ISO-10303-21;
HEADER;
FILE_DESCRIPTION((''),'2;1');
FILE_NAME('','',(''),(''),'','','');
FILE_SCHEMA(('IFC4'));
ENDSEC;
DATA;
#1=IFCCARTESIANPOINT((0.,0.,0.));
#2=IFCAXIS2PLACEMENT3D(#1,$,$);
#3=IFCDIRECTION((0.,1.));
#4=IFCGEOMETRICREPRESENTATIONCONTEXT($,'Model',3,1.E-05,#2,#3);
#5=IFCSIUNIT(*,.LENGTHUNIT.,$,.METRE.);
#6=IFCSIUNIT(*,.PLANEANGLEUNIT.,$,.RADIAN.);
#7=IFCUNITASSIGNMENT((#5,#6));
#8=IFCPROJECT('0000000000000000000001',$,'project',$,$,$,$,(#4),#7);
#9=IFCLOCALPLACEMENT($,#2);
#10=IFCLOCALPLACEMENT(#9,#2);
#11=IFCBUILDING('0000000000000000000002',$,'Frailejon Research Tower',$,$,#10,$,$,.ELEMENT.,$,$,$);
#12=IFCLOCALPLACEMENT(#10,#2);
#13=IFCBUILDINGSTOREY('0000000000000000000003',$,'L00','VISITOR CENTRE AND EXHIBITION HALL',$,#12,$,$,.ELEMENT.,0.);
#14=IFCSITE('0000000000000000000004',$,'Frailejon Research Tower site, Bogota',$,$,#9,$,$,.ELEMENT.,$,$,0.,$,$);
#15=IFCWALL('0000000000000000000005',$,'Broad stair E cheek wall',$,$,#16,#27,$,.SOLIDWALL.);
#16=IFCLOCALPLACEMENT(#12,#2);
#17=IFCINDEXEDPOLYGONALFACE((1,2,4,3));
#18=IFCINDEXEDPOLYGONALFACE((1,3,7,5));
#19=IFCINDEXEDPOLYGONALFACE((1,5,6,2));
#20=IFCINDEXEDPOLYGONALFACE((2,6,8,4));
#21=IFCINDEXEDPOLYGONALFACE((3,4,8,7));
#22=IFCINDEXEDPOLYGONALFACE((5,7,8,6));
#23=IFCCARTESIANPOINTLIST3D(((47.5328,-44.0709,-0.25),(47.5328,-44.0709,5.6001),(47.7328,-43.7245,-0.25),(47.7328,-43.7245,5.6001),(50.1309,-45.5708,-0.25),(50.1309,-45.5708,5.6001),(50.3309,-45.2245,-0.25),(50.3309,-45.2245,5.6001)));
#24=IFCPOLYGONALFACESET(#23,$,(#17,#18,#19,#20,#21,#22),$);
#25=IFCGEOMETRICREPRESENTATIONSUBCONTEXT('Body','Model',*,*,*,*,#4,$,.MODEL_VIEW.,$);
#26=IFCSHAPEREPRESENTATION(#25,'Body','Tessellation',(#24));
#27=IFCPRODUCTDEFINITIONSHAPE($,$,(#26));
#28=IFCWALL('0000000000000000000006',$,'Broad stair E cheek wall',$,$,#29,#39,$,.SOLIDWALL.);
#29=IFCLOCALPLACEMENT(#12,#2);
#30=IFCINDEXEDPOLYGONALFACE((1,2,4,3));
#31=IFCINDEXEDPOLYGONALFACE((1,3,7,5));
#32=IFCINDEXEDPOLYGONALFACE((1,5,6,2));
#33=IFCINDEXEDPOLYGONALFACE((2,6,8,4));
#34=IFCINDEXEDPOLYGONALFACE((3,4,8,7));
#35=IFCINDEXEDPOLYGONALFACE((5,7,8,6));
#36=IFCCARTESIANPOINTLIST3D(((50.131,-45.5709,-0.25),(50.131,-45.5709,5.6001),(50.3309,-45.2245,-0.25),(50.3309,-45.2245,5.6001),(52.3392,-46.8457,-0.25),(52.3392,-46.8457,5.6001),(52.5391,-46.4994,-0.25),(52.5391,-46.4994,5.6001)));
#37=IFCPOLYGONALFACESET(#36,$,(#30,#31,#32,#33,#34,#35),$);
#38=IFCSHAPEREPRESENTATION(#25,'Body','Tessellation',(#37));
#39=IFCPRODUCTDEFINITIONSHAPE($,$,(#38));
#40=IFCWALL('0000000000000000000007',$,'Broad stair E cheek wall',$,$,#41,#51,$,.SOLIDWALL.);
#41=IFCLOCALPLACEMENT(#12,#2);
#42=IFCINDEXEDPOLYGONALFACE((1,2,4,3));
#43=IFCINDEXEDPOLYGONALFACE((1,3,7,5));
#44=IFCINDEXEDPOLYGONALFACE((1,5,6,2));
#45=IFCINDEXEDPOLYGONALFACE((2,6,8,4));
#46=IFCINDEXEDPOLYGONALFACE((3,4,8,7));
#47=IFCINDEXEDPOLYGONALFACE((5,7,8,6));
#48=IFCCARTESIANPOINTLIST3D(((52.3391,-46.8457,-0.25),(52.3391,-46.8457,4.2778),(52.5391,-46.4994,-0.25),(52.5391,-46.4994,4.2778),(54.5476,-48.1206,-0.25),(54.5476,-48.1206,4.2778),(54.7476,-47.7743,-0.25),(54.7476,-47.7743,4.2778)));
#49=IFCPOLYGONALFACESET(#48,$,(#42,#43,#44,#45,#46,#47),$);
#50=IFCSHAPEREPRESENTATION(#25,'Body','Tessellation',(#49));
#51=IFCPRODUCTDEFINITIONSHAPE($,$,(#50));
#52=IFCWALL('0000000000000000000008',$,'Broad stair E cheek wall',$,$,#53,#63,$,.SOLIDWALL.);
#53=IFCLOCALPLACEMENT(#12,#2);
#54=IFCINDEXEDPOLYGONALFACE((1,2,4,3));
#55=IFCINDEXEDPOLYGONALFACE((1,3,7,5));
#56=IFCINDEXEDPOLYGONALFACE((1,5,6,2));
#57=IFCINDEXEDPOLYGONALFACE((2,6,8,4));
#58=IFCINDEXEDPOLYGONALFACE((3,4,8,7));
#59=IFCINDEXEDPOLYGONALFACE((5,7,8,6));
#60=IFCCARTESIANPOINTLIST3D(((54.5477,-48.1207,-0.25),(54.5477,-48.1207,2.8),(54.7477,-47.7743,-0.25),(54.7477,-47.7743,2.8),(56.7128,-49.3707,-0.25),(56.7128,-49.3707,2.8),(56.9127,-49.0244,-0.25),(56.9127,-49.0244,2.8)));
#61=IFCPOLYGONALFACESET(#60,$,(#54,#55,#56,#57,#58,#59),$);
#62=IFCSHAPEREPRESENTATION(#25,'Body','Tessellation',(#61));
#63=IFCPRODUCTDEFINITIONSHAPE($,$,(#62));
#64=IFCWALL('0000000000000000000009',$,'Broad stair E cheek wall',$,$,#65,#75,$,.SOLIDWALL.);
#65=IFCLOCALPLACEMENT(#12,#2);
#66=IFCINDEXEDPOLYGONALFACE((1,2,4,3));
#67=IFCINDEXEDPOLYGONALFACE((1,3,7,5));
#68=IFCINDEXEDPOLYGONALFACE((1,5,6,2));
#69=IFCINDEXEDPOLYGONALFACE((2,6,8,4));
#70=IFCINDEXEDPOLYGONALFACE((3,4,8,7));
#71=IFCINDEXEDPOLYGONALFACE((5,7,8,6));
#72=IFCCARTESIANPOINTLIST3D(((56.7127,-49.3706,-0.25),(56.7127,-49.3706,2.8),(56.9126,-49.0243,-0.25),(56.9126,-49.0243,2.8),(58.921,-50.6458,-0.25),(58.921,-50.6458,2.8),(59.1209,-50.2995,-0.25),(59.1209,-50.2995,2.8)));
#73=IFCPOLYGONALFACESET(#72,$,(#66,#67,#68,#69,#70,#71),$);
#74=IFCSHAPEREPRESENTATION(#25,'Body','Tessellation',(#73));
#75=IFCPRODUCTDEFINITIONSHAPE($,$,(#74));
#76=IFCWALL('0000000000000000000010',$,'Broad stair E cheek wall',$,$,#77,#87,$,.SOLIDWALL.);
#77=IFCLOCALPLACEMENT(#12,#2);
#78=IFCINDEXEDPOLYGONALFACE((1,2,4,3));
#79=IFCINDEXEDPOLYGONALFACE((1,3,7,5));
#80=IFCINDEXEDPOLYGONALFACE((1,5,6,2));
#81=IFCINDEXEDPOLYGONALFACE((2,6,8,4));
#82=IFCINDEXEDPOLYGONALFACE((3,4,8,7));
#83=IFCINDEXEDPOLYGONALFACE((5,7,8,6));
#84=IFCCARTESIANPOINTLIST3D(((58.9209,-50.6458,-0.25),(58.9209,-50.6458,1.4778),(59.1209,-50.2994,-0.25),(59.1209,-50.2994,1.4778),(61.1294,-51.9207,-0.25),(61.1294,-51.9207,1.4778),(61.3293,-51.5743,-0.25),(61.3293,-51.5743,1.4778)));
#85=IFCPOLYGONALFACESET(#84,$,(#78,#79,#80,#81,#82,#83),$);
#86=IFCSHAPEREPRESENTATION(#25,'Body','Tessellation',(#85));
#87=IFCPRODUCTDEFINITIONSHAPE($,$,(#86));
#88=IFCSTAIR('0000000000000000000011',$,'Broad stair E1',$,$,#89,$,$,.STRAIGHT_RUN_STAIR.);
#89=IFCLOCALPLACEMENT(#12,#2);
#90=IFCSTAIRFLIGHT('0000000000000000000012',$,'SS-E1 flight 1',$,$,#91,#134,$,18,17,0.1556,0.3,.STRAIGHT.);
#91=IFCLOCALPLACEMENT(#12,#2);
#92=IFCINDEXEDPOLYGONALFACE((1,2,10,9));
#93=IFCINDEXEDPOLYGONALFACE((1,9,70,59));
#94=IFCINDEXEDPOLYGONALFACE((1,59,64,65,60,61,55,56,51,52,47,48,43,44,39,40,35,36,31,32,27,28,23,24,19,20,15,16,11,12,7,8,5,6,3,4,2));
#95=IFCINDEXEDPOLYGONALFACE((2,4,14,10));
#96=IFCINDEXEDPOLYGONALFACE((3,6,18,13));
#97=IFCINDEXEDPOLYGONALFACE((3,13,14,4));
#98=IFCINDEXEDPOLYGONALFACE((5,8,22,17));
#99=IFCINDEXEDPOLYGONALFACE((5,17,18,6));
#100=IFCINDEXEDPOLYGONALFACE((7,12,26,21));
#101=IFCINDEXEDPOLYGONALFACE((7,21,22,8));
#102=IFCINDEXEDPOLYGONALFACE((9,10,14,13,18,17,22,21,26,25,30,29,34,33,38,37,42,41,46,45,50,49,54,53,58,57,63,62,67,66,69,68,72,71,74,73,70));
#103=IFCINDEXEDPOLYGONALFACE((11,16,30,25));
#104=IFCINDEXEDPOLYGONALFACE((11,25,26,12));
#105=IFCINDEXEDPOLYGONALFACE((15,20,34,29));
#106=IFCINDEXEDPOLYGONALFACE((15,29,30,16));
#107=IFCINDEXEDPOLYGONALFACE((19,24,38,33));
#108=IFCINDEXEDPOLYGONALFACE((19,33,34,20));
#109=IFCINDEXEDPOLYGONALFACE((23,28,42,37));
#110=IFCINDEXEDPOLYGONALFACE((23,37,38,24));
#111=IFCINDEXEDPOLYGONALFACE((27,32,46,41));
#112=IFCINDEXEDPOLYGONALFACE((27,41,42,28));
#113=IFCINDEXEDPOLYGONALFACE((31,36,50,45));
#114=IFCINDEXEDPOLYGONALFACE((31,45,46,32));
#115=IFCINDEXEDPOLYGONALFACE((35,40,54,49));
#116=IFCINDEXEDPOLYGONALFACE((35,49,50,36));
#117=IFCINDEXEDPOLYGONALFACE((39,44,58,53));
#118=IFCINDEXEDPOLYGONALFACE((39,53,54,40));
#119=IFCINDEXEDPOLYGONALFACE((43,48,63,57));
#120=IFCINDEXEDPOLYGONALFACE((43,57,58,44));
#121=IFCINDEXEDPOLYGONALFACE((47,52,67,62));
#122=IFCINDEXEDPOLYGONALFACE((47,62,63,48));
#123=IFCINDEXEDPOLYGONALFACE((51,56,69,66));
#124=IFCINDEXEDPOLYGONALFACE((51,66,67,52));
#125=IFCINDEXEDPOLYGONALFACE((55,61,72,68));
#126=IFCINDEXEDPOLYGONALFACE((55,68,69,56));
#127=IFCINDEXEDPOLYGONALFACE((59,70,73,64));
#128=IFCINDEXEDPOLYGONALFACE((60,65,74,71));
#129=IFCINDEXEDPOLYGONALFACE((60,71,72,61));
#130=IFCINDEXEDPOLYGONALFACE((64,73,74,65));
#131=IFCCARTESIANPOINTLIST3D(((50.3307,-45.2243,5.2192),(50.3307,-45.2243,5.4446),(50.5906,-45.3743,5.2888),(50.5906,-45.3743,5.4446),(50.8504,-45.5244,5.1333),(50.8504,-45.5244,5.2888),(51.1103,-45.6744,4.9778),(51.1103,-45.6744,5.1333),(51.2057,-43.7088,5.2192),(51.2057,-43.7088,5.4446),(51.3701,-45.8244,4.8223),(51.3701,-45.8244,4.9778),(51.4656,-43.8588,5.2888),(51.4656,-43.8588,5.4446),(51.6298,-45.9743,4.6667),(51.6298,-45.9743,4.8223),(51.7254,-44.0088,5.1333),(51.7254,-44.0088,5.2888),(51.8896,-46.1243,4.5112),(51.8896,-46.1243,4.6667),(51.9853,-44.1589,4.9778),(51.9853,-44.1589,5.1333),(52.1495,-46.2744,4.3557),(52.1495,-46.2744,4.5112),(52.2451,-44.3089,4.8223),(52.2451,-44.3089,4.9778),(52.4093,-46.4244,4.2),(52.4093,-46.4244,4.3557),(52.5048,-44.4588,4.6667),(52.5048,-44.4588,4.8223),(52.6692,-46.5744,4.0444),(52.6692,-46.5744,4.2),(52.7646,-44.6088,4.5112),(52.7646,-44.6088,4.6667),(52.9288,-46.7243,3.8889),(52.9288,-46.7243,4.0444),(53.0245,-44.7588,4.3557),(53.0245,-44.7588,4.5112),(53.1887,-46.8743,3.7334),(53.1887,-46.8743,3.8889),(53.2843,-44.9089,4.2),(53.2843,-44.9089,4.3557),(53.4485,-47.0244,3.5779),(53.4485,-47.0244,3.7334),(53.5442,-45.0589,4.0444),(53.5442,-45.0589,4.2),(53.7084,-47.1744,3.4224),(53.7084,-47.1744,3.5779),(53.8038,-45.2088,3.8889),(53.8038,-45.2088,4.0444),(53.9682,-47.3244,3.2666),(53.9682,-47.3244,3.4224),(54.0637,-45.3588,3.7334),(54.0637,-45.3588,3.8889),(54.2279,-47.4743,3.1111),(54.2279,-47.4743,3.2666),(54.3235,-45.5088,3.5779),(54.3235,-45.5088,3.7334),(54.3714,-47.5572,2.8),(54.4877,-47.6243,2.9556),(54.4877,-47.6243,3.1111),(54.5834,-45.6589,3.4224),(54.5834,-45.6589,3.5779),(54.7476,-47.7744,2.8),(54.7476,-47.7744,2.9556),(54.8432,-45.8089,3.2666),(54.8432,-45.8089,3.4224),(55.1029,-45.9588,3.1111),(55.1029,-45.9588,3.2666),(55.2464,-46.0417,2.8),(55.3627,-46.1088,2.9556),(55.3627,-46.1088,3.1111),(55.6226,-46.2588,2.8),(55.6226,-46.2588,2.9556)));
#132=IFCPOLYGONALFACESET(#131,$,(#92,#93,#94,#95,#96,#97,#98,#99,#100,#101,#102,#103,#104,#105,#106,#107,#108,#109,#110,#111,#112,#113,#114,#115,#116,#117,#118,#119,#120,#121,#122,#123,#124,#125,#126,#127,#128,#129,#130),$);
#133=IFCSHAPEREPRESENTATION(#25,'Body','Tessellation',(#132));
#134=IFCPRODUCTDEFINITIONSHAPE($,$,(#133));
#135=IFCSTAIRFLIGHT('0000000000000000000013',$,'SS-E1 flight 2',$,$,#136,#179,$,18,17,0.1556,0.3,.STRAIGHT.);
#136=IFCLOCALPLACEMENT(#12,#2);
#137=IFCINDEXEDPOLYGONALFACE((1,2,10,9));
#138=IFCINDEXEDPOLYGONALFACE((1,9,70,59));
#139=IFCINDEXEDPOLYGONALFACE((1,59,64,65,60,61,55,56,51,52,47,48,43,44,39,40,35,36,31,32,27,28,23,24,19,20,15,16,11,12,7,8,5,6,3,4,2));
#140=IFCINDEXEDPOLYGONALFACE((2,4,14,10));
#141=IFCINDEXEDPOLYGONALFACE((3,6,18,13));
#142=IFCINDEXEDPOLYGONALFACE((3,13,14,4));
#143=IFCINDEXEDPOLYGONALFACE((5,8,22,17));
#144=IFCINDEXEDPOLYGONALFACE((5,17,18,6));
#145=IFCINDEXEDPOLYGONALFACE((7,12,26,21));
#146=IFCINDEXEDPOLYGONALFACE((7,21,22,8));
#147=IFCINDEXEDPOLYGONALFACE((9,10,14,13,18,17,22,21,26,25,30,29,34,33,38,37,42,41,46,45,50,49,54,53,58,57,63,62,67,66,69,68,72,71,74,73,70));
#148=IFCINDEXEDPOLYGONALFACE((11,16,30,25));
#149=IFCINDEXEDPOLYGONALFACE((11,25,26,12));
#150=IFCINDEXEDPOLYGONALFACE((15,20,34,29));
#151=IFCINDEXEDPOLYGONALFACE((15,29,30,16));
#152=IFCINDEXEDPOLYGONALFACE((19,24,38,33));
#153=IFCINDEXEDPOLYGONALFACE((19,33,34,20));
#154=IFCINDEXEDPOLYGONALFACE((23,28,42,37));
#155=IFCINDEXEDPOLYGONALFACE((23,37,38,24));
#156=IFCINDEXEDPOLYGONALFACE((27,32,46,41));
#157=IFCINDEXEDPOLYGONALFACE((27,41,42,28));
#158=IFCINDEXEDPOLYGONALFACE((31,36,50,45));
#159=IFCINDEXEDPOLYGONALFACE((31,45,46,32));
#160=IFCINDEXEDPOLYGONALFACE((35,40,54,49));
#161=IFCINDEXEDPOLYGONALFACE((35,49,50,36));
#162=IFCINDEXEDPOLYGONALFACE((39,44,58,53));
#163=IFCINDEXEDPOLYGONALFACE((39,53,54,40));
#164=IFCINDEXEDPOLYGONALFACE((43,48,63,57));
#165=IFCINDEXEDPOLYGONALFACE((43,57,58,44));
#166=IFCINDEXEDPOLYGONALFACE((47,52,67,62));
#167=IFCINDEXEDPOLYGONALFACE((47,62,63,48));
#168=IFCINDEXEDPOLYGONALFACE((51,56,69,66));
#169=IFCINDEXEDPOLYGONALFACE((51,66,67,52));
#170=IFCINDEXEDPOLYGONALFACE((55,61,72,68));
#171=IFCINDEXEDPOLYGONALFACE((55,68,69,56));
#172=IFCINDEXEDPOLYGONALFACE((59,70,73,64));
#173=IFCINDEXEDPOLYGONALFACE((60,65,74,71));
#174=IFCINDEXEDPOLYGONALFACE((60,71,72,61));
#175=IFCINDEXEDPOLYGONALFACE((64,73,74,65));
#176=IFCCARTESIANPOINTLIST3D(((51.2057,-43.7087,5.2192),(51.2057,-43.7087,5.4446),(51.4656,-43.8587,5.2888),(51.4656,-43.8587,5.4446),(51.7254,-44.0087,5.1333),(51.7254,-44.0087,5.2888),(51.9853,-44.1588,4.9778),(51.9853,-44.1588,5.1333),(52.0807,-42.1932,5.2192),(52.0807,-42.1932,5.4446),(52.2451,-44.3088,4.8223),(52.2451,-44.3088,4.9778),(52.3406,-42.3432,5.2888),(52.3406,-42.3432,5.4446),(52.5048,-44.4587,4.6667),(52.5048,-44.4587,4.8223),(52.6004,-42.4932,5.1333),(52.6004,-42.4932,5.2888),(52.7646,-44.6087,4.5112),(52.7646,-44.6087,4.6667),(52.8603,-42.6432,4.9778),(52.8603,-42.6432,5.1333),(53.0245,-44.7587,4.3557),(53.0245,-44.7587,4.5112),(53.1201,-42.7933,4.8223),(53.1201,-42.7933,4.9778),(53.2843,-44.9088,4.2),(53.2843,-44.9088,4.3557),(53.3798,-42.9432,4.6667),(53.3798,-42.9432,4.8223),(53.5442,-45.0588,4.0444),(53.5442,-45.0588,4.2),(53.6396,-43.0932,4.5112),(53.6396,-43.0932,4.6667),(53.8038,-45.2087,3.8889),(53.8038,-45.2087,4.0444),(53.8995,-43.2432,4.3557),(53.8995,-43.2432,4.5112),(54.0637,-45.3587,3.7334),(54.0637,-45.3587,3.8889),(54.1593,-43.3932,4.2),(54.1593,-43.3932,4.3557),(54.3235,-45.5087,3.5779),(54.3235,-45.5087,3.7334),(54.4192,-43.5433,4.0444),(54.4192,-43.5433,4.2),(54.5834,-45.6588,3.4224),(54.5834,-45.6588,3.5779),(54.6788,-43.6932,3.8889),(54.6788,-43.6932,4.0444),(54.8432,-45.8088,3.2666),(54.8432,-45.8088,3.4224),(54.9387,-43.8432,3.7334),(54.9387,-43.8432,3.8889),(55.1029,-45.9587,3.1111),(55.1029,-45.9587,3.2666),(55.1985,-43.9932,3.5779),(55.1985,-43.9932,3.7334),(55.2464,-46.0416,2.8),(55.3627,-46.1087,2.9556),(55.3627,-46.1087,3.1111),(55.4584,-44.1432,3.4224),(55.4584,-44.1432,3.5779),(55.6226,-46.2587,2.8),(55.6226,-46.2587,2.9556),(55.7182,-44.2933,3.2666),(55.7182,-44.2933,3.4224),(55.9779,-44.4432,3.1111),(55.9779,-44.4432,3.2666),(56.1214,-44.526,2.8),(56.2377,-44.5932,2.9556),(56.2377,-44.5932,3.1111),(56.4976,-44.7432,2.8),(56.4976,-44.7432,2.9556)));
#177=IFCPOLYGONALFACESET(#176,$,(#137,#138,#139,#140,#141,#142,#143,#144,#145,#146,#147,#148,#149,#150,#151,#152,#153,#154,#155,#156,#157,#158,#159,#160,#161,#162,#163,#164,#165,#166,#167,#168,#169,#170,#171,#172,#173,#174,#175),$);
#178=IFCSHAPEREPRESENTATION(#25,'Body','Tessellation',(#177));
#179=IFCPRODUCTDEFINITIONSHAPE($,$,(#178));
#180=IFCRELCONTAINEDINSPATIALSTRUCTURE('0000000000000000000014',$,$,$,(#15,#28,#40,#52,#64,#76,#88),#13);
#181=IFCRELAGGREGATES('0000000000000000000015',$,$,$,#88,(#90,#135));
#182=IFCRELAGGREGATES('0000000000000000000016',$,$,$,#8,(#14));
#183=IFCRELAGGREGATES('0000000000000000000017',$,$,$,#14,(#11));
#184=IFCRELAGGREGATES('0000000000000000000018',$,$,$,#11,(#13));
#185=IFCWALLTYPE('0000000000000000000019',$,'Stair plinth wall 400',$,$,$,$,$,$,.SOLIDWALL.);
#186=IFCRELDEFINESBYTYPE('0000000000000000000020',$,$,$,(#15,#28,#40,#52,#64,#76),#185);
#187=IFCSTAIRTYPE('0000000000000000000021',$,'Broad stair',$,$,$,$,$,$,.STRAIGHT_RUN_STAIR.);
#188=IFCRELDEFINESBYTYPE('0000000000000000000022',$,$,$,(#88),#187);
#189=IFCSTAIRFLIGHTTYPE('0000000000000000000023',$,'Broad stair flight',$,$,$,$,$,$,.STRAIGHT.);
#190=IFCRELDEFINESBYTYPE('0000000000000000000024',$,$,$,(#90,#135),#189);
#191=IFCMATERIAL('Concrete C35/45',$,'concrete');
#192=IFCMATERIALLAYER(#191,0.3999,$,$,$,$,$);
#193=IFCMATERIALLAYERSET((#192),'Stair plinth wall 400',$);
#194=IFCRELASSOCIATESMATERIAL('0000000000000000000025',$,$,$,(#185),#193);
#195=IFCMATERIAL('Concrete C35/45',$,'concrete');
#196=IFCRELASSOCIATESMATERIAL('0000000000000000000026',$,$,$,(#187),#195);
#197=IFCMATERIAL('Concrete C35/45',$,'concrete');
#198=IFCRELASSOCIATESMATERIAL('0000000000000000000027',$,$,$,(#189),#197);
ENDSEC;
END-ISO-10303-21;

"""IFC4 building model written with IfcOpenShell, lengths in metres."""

from ifc_helpers import new_model, si_unit, direction, frame, frame_2d, origin, place, context, subcontext, project, spatial, polyline, rectangle, outline, extrude, material, layer, layer_set, type_object, element, aggregate, save


model = new_model("IFC4")

# Units and contexts
model_context = context("Model", 3, precision=1e-05, world=origin(), true_north=direction((0.0, 1.0)))
body_context = subcontext(model_context, "Body", "Model", "MODEL_VIEW")
ifc_project = project(units=[si_unit("LENGTHUNIT", "METRE"), si_unit("PLANEANGLEUNIT", "RADIAN")], contexts=[model_context])

# Site, building, storey
site_placement = place(None, origin())
site = spatial("IfcSite", under=ifc_project, at=site_placement, Name="Frailejon Research Tower site, Bogota", CompositionType="ELEMENT", RefElevation=0.0)
building_placement = place(site_placement, origin())
building = spatial("IfcBuilding", under=site, at=building_placement, Name="Frailejon Research Tower", CompositionType="ELEMENT")
storey_placement = place(building_placement, origin())
storey = spatial("IfcBuildingStorey", under=building, at=storey_placement, Name="L00", Description="VISITOR CENTRE AND EXHIBITION HALL", CompositionType="ELEMENT", Elevation=0.0)

# Walls
ifc_material_1 = material(Name="Concrete C35/45", Category="concrete")
ifc_layer_1 = layer(ifc_material_1, 0.3999)
ifc_layer_set_1 = layer_set([ifc_layer_1], Name="Stair plinth wall 400")
wall_type_1 = type_object("IfcWallType", Name="Stair plinth wall 400", PredefinedType="SOLIDWALL", material=ifc_layer_set_1)
wall_1_placement = place(storey_placement, frame((47.6328, -43.8977, -0.25), z_axis=(0.0, 0.0, 1.0), x_axis=(0.866031, -0.49999, 0.0)))
element("IfcWall", 1, at=wall_1_placement, inside=storey, type_object=wall_type_1, Name="Broad stair E cheek wall", PredefinedType="SOLIDWALL", context=body_context, shape_type="SweptSolid", body=[
    extrude(rectangle(XDim=3.0, YDim=0.3999, at=frame_2d((1.5, 0.0))), origin(), (0.0, 0.0, 1.0), 5.8501),
])
wall_2_placement = place(storey_placement, frame((50.231, -45.3977, -0.25), z_axis=(0.0, 0.0, 1.0), x_axis=(0.866031, -0.49999, 0.0)))
element("IfcWall", 2, at=wall_2_placement, inside=storey, type_object=wall_type_1, Name="Broad stair E cheek wall", PredefinedType="SOLIDWALL", context=body_context, shape_type="SweptSolid", body=[
    extrude(rectangle(XDim=2.5498, YDim=0.3999, at=frame_2d((1.2749, 0.0))), origin(), (0.0, 0.0, 1.0), 5.8501),
])
wall_3_placement = place(storey_placement, frame((52.4392, -46.6726, -0.25), z_axis=(0.0, 0.0, 1.0), x_axis=(0.866055, -0.499949, 0.0)))
element("IfcWall", 3, at=wall_3_placement, inside=storey, type_object=wall_type_1, Name="Broad stair E cheek wall", PredefinedType="SOLIDWALL", context=body_context, shape_type="SweptSolid", body=[
    extrude(rectangle(XDim=2.55, YDim=0.3999, at=frame_2d((1.2749, 0.0))), origin(), (0.0, 0.0, 1.0), 4.5278),
])
wall_4_placement = place(storey_placement, frame((54.6477, -47.9475, -0.25), z_axis=(0.0, 0.0, 1.0), x_axis=(0.866023, -0.500004, 0.0)))
element("IfcWall", 4, at=wall_4_placement, inside=storey, type_object=wall_type_1, Name="Broad stair E cheek wall", PredefinedType="SOLIDWALL", context=body_context, shape_type="SweptSolid", body=[
    extrude(rectangle(XDim=2.5, YDim=0.3999, at=frame_2d((1.25, 0.0))), origin(), (0.0, 0.0, 1.0), 3.05),
])
wall_5_placement = place(storey_placement, frame((56.8127, -49.1975, -0.25), z_axis=(0.0, 0.0, 1.0), x_axis=(0.865989, -0.500062, 0.0)))
element("IfcWall", 5, at=wall_5_placement, inside=storey, type_object=wall_type_1, Name="Broad stair E cheek wall", PredefinedType="SOLIDWALL", context=body_context, shape_type="SweptSolid", body=[
    extrude(rectangle(XDim=2.55, YDim=0.3999, at=frame_2d((1.2749, 0.0))), origin(), (0.0, 0.0, 1.0), 3.05),
])
wall_6_placement = place(storey_placement, frame((59.021, -50.4727, -0.25), z_axis=(0.0, 0.0, 1.0), x_axis=(0.866055, -0.499949, 0.0)))
element("IfcWall", 6, at=wall_6_placement, inside=storey, type_object=wall_type_1, Name="Broad stair E cheek wall", PredefinedType="SOLIDWALL", context=body_context, shape_type="SweptSolid", body=[
    extrude(rectangle(XDim=2.55, YDim=0.3999, at=frame_2d((1.2749, 0.0))), origin(), (0.0, 0.0, 1.0), 1.7278),
])

# Stair, stair flights
ifc_material_2 = material(Name="Concrete C35/45", Category="concrete")
stair_type = type_object("IfcStairType", Name="Broad stair", PredefinedType="STRAIGHT_RUN_STAIR", material=ifc_material_2)
stair_placement = place(storey_placement, origin())
stair = element("IfcStair", 7, at=stair_placement, inside=storey, type_object=stair_type, Name="Broad stair E1", PredefinedType="STRAIGHT_RUN_STAIR")
ifc_material_3 = material(Name="Concrete C35/45", Category="concrete")
stair_flight_type = type_object("IfcStairFlightType", Name="Broad stair flight", PredefinedType="STRAIGHT", material=ifc_material_3)
stair_flight_1_placement = place(storey_placement, frame((55.1851, -47.0166, 2.8), z_axis=(0.0, 0.0, 1.0), x_axis=(-0.866025, 0.5, 0.0)))
stair_flight_1 = element("IfcStairFlight", 8, at=stair_flight_1_placement, type_object=stair_flight_type, Name="SS-E1 flight 1", NumberOfRisers=18, NumberOfTreads=17, PredefinedType="STRAIGHT", RiserHeight=0.1556, TreadLength=0.3, context=body_context, shape_type="SweptSolid", body=[
    extrude(outline(polyline([(0.0, 0.0), (0.0, 0.1555), (0.3, 0.1555), (0.3, 0.311), (0.6001, 0.311), (0.6001, 0.4666), (0.8999, 0.4666), (0.8999, 0.6223), (1.2, 0.6223), (1.2, 0.7778), (1.5, 0.7778), (1.5, 0.9333), (1.8, 0.9333), (1.8, 1.0889), (2.1001, 1.0889), (2.1001, 1.2444), (2.3999, 1.2444), (2.3999, 1.3999), (2.7, 1.3999), (2.7, 1.5557), (3.0, 1.5557), (3.0, 1.7112), (3.3, 1.7112), (3.3, 1.8667), (3.6001, 1.8667), (3.6001, 2.0222), (3.8999, 2.0222), (3.8999, 2.1777), (4.2, 2.1777), (4.2, 2.3333), (4.5, 2.3333), (4.5, 2.4888), (4.8, 2.4888), (4.8, 2.6445), (5.1001, 2.6445), (5.1001, 2.8), (5.1001, 2.4192), (0.4343, 0.0), (0.0, 0.0)])), frame((0.0, 0.875, 0.0), z_axis=(0.0, -1.0, 0.0), x_axis=(1.0, 0.0, 0.0)), (0.0, 0.0, 1.0), 1.75),
])
stair_flight_2_placement = place(storey_placement, frame((56.0601, -45.501, 2.8), z_axis=(0.0, 0.0, 1.0), x_axis=(-0.866025, 0.5, 0.0)))
stair_flight_2 = element("IfcStairFlight", 9, at=stair_flight_2_placement, type_object=stair_flight_type, Name="SS-E1 flight 2", NumberOfRisers=18, NumberOfTreads=17, PredefinedType="STRAIGHT", RiserHeight=0.1556, TreadLength=0.3, context=body_context, shape_type="SweptSolid", body=[
    extrude(outline(polyline([(0.0, 0.0), (0.0, 0.1555), (0.3, 0.1555), (0.3, 0.311), (0.6001, 0.311), (0.6001, 0.4666), (0.8999, 0.4666), (0.8999, 0.6223), (1.2, 0.6223), (1.2, 0.7778), (1.5, 0.7778), (1.5, 0.9333), (1.8, 0.9333), (1.8, 1.0889), (2.1001, 1.0889), (2.1001, 1.2444), (2.3999, 1.2444), (2.3999, 1.3999), (2.7, 1.3999), (2.7, 1.5557), (3.0, 1.5557), (3.0, 1.7112), (3.3, 1.7112), (3.3, 1.8667), (3.6001, 1.8667), (3.6001, 2.0222), (3.8999, 2.0222), (3.8999, 2.1777), (4.2, 2.1777), (4.2, 2.3333), (4.5, 2.3333), (4.5, 2.4888), (4.8, 2.4888), (4.8, 2.6445), (5.1001, 2.6445), (5.1001, 2.8), (5.1001, 2.4192), (0.4343, 0.0), (0.0, 0.0)])), frame((0.0, 0.875, 0.0), z_axis=(0.0, -1.0, 0.0), x_axis=(1.0, 0.0, 0.0)), (0.0, 0.0, 1.0), 1.75),
])
aggregate(stair, [stair_flight_1, stair_flight_2])

save(model, "model.ifc")
